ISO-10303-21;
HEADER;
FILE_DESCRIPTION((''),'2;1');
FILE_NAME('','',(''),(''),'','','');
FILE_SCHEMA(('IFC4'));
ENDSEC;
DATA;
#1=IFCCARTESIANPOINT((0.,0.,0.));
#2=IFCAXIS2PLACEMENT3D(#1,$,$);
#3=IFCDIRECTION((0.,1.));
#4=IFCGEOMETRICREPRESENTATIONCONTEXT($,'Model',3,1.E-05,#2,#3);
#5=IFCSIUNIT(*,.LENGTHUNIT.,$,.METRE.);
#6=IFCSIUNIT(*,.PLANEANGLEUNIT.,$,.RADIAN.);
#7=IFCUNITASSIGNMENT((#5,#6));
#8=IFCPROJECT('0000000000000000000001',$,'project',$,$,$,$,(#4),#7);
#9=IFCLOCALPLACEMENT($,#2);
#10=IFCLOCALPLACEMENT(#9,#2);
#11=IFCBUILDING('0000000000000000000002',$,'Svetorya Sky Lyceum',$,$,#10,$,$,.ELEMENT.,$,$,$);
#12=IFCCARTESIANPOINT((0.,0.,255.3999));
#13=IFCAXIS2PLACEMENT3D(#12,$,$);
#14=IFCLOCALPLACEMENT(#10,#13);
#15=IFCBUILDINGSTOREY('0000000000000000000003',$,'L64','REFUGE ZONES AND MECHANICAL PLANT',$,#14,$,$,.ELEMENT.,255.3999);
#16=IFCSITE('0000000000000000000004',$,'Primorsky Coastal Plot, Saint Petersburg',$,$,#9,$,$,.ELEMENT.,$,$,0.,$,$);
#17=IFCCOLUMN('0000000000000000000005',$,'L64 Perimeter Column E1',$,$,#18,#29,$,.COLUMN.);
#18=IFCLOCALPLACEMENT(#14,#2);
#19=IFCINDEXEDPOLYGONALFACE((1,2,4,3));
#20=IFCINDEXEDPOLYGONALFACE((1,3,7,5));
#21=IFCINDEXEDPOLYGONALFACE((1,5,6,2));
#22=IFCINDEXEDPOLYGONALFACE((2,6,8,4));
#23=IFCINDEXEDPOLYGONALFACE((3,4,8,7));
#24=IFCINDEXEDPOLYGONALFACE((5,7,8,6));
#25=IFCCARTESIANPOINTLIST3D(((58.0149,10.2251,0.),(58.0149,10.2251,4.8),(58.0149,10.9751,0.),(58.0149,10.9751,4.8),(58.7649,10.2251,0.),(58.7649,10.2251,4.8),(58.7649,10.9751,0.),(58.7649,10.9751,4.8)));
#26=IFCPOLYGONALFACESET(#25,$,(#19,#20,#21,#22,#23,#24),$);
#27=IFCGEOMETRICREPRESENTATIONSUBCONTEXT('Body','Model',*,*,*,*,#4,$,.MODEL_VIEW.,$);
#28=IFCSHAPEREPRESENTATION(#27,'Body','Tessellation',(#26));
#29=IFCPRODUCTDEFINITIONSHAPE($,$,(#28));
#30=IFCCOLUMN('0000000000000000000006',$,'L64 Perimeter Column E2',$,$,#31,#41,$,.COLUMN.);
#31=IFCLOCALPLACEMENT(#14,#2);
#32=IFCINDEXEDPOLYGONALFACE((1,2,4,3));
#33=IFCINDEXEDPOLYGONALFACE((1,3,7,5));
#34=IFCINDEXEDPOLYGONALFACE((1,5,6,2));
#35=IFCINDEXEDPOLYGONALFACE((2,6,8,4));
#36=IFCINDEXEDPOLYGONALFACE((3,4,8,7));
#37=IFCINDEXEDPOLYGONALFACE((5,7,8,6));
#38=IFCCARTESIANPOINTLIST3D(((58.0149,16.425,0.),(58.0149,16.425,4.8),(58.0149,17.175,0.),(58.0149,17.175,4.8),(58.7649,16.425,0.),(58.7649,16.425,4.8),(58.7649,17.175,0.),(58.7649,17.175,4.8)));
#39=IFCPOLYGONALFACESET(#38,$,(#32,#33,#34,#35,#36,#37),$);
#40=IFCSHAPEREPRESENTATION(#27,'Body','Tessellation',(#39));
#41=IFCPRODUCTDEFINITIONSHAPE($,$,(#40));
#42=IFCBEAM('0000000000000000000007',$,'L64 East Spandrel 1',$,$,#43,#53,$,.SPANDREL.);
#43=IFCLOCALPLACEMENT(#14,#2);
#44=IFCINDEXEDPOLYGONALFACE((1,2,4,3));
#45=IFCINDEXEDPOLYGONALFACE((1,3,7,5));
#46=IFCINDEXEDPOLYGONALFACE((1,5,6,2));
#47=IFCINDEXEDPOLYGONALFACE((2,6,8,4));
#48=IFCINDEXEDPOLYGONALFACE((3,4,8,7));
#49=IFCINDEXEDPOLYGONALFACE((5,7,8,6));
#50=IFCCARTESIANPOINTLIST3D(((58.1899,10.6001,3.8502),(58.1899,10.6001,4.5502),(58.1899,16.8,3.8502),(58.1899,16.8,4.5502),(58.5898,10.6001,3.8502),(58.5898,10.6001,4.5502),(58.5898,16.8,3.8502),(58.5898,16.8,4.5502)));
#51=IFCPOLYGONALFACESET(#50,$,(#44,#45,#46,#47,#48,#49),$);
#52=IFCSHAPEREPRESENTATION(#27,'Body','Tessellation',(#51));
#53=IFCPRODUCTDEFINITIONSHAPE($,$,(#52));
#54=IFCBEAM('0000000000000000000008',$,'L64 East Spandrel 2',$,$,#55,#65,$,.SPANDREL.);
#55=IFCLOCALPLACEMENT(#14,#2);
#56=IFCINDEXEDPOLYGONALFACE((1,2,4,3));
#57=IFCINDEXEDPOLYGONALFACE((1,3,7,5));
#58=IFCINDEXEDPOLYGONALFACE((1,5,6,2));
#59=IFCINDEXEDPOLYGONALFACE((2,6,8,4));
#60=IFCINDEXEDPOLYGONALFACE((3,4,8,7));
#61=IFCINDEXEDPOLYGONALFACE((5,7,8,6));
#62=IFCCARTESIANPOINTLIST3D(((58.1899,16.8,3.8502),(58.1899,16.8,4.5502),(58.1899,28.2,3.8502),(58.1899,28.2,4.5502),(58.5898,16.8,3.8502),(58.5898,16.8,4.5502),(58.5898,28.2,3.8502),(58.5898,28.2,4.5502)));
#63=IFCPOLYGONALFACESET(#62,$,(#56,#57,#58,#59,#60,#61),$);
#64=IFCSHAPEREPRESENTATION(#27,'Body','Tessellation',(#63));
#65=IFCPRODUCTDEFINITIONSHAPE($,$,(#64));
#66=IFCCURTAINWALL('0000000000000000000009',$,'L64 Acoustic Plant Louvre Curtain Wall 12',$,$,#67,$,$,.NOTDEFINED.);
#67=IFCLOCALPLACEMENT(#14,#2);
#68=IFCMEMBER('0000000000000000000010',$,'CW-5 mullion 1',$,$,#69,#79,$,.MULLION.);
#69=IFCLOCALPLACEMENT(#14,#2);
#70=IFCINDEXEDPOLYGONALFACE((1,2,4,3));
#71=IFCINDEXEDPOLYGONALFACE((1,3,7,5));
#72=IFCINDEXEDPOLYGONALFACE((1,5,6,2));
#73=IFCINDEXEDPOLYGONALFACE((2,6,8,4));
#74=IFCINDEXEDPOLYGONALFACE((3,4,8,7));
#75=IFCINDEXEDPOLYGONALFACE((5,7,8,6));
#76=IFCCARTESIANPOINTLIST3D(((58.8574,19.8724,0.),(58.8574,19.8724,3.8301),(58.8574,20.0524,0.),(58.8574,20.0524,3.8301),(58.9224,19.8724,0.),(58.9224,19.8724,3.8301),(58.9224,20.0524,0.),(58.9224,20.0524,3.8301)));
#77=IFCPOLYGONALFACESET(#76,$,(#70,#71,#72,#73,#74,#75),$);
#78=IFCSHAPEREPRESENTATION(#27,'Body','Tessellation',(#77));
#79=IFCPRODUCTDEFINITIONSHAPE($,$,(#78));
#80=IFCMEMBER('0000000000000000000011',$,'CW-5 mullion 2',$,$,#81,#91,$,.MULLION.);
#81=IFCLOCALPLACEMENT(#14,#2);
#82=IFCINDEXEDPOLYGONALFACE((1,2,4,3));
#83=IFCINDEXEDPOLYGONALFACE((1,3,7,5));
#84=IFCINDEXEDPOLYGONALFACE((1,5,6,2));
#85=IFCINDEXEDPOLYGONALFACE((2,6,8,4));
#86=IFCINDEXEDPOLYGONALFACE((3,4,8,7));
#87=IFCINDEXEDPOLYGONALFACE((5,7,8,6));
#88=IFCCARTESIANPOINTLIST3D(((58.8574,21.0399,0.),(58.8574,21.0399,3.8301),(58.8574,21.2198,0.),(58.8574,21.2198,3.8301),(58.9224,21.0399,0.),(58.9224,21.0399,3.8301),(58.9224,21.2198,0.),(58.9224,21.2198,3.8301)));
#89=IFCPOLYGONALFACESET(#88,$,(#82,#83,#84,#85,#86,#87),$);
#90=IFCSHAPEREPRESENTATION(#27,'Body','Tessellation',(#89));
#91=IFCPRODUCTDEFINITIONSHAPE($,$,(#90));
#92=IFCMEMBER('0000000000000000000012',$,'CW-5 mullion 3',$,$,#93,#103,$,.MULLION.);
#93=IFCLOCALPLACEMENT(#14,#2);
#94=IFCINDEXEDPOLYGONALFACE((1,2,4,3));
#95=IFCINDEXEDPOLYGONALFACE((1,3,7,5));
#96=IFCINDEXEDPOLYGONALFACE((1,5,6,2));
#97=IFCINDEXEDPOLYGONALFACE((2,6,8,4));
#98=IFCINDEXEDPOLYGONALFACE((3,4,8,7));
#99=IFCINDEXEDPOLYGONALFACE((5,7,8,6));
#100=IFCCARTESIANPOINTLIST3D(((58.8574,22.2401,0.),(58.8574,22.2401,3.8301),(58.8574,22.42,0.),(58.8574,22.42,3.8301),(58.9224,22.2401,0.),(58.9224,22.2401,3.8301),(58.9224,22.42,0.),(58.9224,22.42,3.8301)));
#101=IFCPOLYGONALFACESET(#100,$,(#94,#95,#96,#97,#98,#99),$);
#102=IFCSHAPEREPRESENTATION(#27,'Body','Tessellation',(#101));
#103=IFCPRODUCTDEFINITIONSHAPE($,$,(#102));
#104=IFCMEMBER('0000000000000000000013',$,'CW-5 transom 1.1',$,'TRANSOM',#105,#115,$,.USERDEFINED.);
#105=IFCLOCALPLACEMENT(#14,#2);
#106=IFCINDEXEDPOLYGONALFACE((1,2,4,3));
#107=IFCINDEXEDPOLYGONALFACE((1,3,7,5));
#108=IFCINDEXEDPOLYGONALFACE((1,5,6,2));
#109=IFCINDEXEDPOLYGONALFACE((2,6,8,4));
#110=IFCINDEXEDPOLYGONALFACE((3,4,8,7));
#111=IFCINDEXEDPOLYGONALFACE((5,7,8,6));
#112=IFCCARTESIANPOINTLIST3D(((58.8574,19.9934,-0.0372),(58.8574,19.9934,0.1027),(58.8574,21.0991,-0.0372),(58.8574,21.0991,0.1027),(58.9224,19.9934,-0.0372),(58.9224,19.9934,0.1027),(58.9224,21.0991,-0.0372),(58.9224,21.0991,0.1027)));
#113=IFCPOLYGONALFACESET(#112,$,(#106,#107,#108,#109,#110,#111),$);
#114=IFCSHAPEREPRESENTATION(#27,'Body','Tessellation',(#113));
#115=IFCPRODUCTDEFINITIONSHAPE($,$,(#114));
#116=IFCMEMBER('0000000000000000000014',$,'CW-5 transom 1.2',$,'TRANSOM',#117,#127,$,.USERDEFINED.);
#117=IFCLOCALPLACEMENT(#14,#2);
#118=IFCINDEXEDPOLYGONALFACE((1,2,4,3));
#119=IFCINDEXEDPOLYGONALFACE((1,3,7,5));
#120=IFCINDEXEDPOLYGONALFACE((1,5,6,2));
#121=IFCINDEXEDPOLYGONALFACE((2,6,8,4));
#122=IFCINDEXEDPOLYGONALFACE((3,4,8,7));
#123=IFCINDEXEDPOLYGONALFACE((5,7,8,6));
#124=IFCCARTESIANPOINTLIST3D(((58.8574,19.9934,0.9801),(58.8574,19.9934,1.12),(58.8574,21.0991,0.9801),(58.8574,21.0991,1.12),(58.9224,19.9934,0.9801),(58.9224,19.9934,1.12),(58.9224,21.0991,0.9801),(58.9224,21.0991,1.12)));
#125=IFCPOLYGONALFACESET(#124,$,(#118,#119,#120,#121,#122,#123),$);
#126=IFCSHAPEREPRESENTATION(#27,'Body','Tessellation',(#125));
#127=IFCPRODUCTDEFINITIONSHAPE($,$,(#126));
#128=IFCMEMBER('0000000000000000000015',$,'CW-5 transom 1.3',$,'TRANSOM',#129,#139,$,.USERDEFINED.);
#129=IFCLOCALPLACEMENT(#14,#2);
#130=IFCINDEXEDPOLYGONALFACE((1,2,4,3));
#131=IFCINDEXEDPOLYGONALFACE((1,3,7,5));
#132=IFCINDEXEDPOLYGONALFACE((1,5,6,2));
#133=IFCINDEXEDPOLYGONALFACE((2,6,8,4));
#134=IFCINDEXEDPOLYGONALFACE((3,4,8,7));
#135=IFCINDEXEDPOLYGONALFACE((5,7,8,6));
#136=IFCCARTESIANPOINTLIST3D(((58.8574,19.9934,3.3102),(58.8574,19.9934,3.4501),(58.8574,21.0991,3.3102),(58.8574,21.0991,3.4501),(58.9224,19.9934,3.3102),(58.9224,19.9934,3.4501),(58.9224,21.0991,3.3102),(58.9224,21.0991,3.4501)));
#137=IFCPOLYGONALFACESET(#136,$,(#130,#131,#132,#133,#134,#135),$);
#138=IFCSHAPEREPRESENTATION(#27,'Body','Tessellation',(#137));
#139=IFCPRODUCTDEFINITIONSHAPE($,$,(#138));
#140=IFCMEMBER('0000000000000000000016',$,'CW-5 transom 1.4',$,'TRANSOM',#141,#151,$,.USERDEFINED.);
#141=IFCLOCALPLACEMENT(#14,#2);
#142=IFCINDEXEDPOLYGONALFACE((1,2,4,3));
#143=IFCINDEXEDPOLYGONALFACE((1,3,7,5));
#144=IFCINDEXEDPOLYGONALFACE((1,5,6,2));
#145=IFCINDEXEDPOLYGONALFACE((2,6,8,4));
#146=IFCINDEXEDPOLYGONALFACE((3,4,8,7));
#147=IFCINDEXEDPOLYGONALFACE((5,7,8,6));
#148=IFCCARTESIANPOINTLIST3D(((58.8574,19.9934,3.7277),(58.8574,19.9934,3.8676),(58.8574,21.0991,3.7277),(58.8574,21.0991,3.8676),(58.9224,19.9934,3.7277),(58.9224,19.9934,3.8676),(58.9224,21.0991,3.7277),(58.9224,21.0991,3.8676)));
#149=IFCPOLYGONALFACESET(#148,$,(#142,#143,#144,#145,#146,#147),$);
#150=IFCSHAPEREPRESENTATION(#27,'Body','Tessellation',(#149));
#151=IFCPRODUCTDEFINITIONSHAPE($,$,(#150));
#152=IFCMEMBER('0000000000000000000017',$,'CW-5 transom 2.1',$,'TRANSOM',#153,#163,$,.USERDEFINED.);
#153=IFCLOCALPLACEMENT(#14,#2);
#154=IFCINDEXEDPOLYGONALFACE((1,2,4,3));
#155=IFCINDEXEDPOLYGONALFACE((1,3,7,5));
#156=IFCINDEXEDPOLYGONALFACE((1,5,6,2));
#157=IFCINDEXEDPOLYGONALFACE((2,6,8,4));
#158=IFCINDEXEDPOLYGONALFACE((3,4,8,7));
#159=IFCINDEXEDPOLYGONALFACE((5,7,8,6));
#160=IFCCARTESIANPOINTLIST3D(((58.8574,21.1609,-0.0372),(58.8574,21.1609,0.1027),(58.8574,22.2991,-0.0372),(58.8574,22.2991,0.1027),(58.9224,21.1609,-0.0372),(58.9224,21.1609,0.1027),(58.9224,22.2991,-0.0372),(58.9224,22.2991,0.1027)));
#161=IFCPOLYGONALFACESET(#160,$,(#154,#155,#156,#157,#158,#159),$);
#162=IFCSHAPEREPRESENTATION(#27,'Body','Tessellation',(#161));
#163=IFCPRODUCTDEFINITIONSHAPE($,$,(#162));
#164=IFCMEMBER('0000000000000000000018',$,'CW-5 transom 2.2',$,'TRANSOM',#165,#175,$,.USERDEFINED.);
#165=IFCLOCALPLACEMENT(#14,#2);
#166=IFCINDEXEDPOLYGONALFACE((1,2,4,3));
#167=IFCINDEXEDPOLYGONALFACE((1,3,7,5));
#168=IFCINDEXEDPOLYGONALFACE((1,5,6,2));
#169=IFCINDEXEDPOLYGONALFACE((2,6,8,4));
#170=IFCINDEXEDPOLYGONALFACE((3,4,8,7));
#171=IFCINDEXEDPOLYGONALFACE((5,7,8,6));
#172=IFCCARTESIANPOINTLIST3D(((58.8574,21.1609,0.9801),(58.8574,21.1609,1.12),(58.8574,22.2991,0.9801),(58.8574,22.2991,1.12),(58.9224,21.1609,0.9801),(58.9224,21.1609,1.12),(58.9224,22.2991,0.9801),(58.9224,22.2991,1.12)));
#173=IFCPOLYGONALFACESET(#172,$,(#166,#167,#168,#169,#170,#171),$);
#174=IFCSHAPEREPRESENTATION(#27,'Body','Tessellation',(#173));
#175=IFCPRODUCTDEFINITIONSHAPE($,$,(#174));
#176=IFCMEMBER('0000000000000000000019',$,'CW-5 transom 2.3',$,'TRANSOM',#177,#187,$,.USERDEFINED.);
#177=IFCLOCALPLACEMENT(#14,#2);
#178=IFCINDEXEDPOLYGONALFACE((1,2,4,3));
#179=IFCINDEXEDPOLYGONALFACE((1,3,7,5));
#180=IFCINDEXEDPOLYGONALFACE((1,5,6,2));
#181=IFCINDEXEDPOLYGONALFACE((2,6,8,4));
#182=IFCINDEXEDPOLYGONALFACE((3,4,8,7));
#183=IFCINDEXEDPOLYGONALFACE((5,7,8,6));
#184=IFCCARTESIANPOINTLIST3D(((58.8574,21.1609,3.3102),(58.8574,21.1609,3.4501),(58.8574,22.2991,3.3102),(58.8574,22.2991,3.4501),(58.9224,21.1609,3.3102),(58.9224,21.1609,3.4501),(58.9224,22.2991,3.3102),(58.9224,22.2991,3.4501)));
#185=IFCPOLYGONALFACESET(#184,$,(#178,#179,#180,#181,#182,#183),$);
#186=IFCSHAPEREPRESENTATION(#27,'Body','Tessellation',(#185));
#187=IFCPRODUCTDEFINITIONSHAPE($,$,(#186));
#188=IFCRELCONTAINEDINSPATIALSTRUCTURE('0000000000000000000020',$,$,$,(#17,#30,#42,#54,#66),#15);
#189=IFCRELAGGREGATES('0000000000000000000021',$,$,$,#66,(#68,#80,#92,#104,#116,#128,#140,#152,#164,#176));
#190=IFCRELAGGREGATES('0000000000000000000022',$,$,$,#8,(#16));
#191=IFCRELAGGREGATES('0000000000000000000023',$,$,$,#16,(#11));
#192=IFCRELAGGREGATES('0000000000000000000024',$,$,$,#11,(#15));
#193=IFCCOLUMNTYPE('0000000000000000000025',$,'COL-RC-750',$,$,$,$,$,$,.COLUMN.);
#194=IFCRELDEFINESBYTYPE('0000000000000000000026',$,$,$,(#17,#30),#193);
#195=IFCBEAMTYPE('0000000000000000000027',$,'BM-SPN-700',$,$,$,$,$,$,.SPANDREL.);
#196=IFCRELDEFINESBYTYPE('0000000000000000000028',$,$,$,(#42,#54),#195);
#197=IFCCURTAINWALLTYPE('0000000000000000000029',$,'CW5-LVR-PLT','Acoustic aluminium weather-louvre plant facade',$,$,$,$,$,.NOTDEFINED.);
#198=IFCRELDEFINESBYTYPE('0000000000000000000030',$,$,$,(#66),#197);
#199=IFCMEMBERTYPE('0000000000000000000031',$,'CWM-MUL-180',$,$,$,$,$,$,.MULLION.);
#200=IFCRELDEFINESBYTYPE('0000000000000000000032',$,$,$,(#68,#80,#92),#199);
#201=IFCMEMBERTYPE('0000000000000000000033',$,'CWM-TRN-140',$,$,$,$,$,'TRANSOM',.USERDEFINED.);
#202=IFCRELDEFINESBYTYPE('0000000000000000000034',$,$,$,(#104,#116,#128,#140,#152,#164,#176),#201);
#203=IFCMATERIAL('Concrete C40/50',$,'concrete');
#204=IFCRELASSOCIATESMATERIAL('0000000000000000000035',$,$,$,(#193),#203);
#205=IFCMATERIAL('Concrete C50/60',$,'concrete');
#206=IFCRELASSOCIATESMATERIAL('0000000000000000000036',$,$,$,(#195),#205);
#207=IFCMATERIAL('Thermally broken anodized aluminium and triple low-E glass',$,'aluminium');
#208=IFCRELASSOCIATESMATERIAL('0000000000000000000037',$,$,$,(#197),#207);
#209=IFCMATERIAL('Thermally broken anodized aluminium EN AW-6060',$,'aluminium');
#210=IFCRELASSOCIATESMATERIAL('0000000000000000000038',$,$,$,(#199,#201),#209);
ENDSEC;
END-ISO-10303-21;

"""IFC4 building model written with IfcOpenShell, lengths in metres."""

from ifc_helpers import new_model, si_unit, direction, frame, origin, origin_2d, place, context, subcontext, project, spatial, rectangle, extrude, material, material_profile, profile_set, type_object, element, aggregate, save


model = new_model("IFC4")

# Units and contexts
model_context = context("Model", 3, precision=1e-05, world=origin(), true_north=direction((0.0, 1.0)))
body_context = subcontext(model_context, "Body", "Model", "MODEL_VIEW")
ifc_project = project(units=[si_unit("LENGTHUNIT", "METRE"), si_unit("PLANEANGLEUNIT", "RADIAN")], contexts=[model_context])

# Site, building, storey
site_placement = place(None, origin())
site = spatial("IfcSite", under=ifc_project, at=site_placement, Name="Primorsky Coastal Plot, Saint Petersburg", CompositionType="ELEMENT", RefElevation=0.0)
building_placement = place(site_placement, origin())
building = spatial("IfcBuilding", under=site, at=building_placement, Name="Svetorya Sky Lyceum", CompositionType="ELEMENT")
storey_placement = place(building_placement, frame((0.0, 0.0, 255.3999)))
storey = spatial("IfcBuildingStorey", under=building, at=storey_placement, Name="L64", Description="REFUGE ZONES AND MECHANICAL PLANT", CompositionType="ELEMENT", Elevation=255.3999)

# Columns
ifc_material_1 = material(Name="Concrete C40/50", Category="concrete")
ifc_material_profile_1 = material_profile(ifc_material_1, rectangle(XDim=0.75, YDim=0.75, at=origin_2d()), Name="RC COL 750x750")
ifc_profile_set_1 = profile_set([ifc_material_profile_1], Name="Concrete C40/50")
column_type = type_object("IfcColumnType", Name="COL-RC-750", PredefinedType="COLUMN", material=ifc_profile_set_1)
for number, where, z_axis, x_axis, name in (
    (1, (58.3899, 10.6001, 0.0), (0.0, 0.0, 1.0), (1.0, 0.0, 0.0), "L64 Perimeter Column E1"),
    (2, (58.3899, 16.8, 0.0), (0.0, 0.0, 1.0), (1.0, 0.0, 0.0), "L64 Perimeter Column E2"),
):
    element("IfcColumn", number, at=place(storey_placement, frame(where, z_axis=z_axis, x_axis=x_axis)), inside=storey, type_object=column_type, Name=name, PredefinedType="COLUMN", context=body_context, shape_type="SweptSolid", body=[
        extrude(rectangle(XDim=0.75, YDim=0.75, at=origin_2d()), origin(), (0.0, 0.0, 1.0), 4.8),
    ])

# Beams
ifc_material_2 = material(Name="Concrete C50/60", Category="concrete")
ifc_material_profile_2 = material_profile(ifc_material_2, rectangle(XDim=0.3999, YDim=0.7, at=origin_2d()), Name="RC SPANDREL 400x700")
ifc_profile_set_2 = profile_set([ifc_material_profile_2], Name="Concrete C50/60")
beam_type = type_object("IfcBeamType", Name="BM-SPN-700", PredefinedType="SPANDREL", material=ifc_profile_set_2)
beam_1_placement = place(storey_placement, frame((58.3899, 10.6001, 4.2002), z_axis=(0.0, 1.0, 0.0), x_axis=(-1.0, 0.0, 0.0)))
element("IfcBeam", 3, at=beam_1_placement, inside=storey, type_object=beam_type, Name="L64 East Spandrel 1", PredefinedType="SPANDREL", context=body_context, shape_type="SweptSolid", body=[
    extrude(rectangle(XDim=0.3999, YDim=0.7, at=origin_2d()), origin(), (0.0, 0.0, 1.0), 6.2),
])
beam_2_placement = place(storey_placement, frame((58.3899, 16.8, 4.2002), z_axis=(0.0, 1.0, 0.0), x_axis=(-1.0, 0.0, 0.0)))
element("IfcBeam", 4, at=beam_2_placement, inside=storey, type_object=beam_type, Name="L64 East Spandrel 2", PredefinedType="SPANDREL", context=body_context, shape_type="SweptSolid", body=[
    extrude(rectangle(XDim=0.3999, YDim=0.7, at=origin_2d()), origin(), (0.0, 0.0, 1.0), 11.3999),
])

# Curtain wall, members
ifc_material_3 = material(Name="Thermally broken anodized aluminium and triple low-E glass", Category="aluminium")
curtain_wall_type = type_object("IfcCurtainWallType", Name="CW5-LVR-PLT", Description="Acoustic aluminium weather-louvre plant facade", PredefinedType="NOTDEFINED", material=ifc_material_3)
curtain_wall_placement = place(storey_placement, origin())
curtain_wall = element("IfcCurtainWall", 5, at=curtain_wall_placement, inside=storey, type_object=curtain_wall_type, Name="L64 Acoustic Plant Louvre Curtain Wall 12", PredefinedType="NOTDEFINED")
ifc_material_4 = material(Name="Thermally broken anodized aluminium EN AW-6060", Category="aluminium")
ifc_material_profile_3 = material_profile(ifc_material_4, rectangle(XDim=0.0649, YDim=0.1799, at=origin_2d()), Name="ALU MULLION 65x180")
ifc_profile_set_3 = profile_set([ifc_material_profile_3], Name="Thermally broken anodized aluminium EN AW-6060")
member_type_1 = type_object("IfcMemberType", Name="CWM-MUL-180", PredefinedType="MULLION", material=ifc_profile_set_3)
member_1_placement = place(storey_placement, frame((58.8899, 19.9624, 0.0), z_axis=(0.0, 0.0, 1.0), x_axis=(-1.0, 0.0, 0.0)))
member_1 = element("IfcMember", 6, at=member_1_placement, type_object=member_type_1, Name="CW-5 mullion 1", PredefinedType="MULLION", context=body_context, shape_type="SweptSolid", body=[
    extrude(rectangle(XDim=0.0649, YDim=0.1799, at=origin_2d()), origin(), (0.0, 0.0, 1.0), 3.8301),
])
member_2_placement = place(storey_placement, frame((58.8899, 21.1299, 0.0), z_axis=(0.0, 0.0, 1.0), x_axis=(-1.0, 0.0, 0.0)))
member_2 = element("IfcMember", 7, at=member_2_placement, type_object=member_type_1, Name="CW-5 mullion 2", PredefinedType="MULLION", context=body_context, shape_type="SweptSolid", body=[
    extrude(rectangle(XDim=0.0649, YDim=0.1799, at=origin_2d()), origin(), (0.0, 0.0, 1.0), 3.8301),
])
member_3_placement = place(storey_placement, frame((58.8899, 22.3301, 0.0), z_axis=(0.0, 0.0, 1.0), x_axis=(-1.0, 0.0, 0.0)))
member_3 = element("IfcMember", 8, at=member_3_placement, type_object=member_type_1, Name="CW-5 mullion 3", PredefinedType="MULLION", context=body_context, shape_type="SweptSolid", body=[
    extrude(rectangle(XDim=0.0649, YDim=0.1799, at=origin_2d()), origin(), (0.0, 0.0, 1.0), 3.8301),
])
ifc_material_profile_4 = material_profile(ifc_material_4, rectangle(XDim=0.0649, YDim=0.1399, at=origin_2d()), Name="ALU TRANSOM 65x140")
ifc_profile_set_4 = profile_set([ifc_material_profile_4], Name="Thermally broken anodized aluminium EN AW-6060")
member_type_2 = type_object("IfcMemberType", Name="CWM-TRN-140", ElementType="TRANSOM", PredefinedType="USERDEFINED", material=ifc_profile_set_4)
member_4_placement = place(storey_placement, frame((58.8899, 19.9934, 0.0327), z_axis=(0.0, 1.0, 0.0), x_axis=(-1.0, 0.0, 0.0)))
member_4 = element("IfcMember", 9, at=member_4_placement, type_object=member_type_2, Name="CW-5 transom 1.1", ObjectType="TRANSOM", PredefinedType="USERDEFINED", context=body_context, shape_type="SweptSolid", body=[
    extrude(rectangle(XDim=0.0649, YDim=0.1399, at=origin_2d()), origin(), (0.0, 0.0, 1.0), 1.1057),
])
member_5_placement = place(storey_placement, frame((58.8899, 19.9934, 1.05), z_axis=(0.0, 1.0, 0.0), x_axis=(-1.0, 0.0, 0.0)))
member_5 = element("IfcMember", 10, at=member_5_placement, type_object=member_type_2, Name="CW-5 transom 1.2", ObjectType="TRANSOM", PredefinedType="USERDEFINED", context=body_context, shape_type="SweptSolid", body=[
    extrude(rectangle(XDim=0.0649, YDim=0.1399, at=origin_2d()), origin(), (0.0, 0.0, 1.0), 1.1057),
])
member_6_placement = place(storey_placement, frame((58.8899, 19.9934, 3.3801), z_axis=(0.0, 1.0, 0.0), x_axis=(-1.0, 0.0, 0.0)))
member_6 = element("IfcMember", 11, at=member_6_placement, type_object=member_type_2, Name="CW-5 transom 1.3", ObjectType="TRANSOM", PredefinedType="USERDEFINED", context=body_context, shape_type="SweptSolid", body=[
    extrude(rectangle(XDim=0.0649, YDim=0.1399, at=origin_2d()), origin(), (0.0, 0.0, 1.0), 1.1057),
])
member_7_placement = place(storey_placement, frame((58.8899, 19.9934, 3.7976), z_axis=(0.0, 1.0, 0.0), x_axis=(-1.0, 0.0, 0.0)))
member_7 = element("IfcMember", 12, at=member_7_placement, type_object=member_type_2, Name="CW-5 transom 1.4", ObjectType="TRANSOM", PredefinedType="USERDEFINED", context=body_context, shape_type="SweptSolid", body=[
    extrude(rectangle(XDim=0.0649, YDim=0.1399, at=origin_2d()), origin(), (0.0, 0.0, 1.0), 1.1057),
])
member_8_placement = place(storey_placement, frame((58.8899, 21.1609, 0.0327), z_axis=(0.0, 1.0, 0.0), x_axis=(-1.0, 0.0, 0.0)))
member_8 = element("IfcMember", 13, at=member_8_placement, type_object=member_type_2, Name="CW-5 transom 2.1", ObjectType="TRANSOM", PredefinedType="USERDEFINED", context=body_context, shape_type="SweptSolid", body=[
    extrude(rectangle(XDim=0.0649, YDim=0.1399, at=origin_2d()), origin(), (0.0, 0.0, 1.0), 1.1382),
])
member_9_placement = place(storey_placement, frame((58.8899, 21.1609, 1.05), z_axis=(0.0, 1.0, 0.0), x_axis=(-1.0, 0.0, 0.0)))
member_9 = element("IfcMember", 14, at=member_9_placement, type_object=member_type_2, Name="CW-5 transom 2.2", ObjectType="TRANSOM", PredefinedType="USERDEFINED", context=body_context, shape_type="SweptSolid", body=[
    extrude(rectangle(XDim=0.0649, YDim=0.1399, at=origin_2d()), origin(), (0.0, 0.0, 1.0), 1.1382),
])
member_10_placement = place(storey_placement, frame((58.8899, 21.1609, 3.3801), z_axis=(0.0, 1.0, 0.0), x_axis=(-1.0, 0.0, 0.0)))
member_10 = element("IfcMember", 15, at=member_10_placement, type_object=member_type_2, Name="CW-5 transom 2.3", ObjectType="TRANSOM", PredefinedType="USERDEFINED", context=body_context, shape_type="SweptSolid", body=[
    extrude(rectangle(XDim=0.0649, YDim=0.1399, at=origin_2d()), origin(), (0.0, 0.0, 1.0), 1.1382),
])
aggregate(curtain_wall, [member_1, member_2, member_3, member_4, member_5, member_6, member_7, member_8, member_9, member_10])

save(model, "model.ifc")
